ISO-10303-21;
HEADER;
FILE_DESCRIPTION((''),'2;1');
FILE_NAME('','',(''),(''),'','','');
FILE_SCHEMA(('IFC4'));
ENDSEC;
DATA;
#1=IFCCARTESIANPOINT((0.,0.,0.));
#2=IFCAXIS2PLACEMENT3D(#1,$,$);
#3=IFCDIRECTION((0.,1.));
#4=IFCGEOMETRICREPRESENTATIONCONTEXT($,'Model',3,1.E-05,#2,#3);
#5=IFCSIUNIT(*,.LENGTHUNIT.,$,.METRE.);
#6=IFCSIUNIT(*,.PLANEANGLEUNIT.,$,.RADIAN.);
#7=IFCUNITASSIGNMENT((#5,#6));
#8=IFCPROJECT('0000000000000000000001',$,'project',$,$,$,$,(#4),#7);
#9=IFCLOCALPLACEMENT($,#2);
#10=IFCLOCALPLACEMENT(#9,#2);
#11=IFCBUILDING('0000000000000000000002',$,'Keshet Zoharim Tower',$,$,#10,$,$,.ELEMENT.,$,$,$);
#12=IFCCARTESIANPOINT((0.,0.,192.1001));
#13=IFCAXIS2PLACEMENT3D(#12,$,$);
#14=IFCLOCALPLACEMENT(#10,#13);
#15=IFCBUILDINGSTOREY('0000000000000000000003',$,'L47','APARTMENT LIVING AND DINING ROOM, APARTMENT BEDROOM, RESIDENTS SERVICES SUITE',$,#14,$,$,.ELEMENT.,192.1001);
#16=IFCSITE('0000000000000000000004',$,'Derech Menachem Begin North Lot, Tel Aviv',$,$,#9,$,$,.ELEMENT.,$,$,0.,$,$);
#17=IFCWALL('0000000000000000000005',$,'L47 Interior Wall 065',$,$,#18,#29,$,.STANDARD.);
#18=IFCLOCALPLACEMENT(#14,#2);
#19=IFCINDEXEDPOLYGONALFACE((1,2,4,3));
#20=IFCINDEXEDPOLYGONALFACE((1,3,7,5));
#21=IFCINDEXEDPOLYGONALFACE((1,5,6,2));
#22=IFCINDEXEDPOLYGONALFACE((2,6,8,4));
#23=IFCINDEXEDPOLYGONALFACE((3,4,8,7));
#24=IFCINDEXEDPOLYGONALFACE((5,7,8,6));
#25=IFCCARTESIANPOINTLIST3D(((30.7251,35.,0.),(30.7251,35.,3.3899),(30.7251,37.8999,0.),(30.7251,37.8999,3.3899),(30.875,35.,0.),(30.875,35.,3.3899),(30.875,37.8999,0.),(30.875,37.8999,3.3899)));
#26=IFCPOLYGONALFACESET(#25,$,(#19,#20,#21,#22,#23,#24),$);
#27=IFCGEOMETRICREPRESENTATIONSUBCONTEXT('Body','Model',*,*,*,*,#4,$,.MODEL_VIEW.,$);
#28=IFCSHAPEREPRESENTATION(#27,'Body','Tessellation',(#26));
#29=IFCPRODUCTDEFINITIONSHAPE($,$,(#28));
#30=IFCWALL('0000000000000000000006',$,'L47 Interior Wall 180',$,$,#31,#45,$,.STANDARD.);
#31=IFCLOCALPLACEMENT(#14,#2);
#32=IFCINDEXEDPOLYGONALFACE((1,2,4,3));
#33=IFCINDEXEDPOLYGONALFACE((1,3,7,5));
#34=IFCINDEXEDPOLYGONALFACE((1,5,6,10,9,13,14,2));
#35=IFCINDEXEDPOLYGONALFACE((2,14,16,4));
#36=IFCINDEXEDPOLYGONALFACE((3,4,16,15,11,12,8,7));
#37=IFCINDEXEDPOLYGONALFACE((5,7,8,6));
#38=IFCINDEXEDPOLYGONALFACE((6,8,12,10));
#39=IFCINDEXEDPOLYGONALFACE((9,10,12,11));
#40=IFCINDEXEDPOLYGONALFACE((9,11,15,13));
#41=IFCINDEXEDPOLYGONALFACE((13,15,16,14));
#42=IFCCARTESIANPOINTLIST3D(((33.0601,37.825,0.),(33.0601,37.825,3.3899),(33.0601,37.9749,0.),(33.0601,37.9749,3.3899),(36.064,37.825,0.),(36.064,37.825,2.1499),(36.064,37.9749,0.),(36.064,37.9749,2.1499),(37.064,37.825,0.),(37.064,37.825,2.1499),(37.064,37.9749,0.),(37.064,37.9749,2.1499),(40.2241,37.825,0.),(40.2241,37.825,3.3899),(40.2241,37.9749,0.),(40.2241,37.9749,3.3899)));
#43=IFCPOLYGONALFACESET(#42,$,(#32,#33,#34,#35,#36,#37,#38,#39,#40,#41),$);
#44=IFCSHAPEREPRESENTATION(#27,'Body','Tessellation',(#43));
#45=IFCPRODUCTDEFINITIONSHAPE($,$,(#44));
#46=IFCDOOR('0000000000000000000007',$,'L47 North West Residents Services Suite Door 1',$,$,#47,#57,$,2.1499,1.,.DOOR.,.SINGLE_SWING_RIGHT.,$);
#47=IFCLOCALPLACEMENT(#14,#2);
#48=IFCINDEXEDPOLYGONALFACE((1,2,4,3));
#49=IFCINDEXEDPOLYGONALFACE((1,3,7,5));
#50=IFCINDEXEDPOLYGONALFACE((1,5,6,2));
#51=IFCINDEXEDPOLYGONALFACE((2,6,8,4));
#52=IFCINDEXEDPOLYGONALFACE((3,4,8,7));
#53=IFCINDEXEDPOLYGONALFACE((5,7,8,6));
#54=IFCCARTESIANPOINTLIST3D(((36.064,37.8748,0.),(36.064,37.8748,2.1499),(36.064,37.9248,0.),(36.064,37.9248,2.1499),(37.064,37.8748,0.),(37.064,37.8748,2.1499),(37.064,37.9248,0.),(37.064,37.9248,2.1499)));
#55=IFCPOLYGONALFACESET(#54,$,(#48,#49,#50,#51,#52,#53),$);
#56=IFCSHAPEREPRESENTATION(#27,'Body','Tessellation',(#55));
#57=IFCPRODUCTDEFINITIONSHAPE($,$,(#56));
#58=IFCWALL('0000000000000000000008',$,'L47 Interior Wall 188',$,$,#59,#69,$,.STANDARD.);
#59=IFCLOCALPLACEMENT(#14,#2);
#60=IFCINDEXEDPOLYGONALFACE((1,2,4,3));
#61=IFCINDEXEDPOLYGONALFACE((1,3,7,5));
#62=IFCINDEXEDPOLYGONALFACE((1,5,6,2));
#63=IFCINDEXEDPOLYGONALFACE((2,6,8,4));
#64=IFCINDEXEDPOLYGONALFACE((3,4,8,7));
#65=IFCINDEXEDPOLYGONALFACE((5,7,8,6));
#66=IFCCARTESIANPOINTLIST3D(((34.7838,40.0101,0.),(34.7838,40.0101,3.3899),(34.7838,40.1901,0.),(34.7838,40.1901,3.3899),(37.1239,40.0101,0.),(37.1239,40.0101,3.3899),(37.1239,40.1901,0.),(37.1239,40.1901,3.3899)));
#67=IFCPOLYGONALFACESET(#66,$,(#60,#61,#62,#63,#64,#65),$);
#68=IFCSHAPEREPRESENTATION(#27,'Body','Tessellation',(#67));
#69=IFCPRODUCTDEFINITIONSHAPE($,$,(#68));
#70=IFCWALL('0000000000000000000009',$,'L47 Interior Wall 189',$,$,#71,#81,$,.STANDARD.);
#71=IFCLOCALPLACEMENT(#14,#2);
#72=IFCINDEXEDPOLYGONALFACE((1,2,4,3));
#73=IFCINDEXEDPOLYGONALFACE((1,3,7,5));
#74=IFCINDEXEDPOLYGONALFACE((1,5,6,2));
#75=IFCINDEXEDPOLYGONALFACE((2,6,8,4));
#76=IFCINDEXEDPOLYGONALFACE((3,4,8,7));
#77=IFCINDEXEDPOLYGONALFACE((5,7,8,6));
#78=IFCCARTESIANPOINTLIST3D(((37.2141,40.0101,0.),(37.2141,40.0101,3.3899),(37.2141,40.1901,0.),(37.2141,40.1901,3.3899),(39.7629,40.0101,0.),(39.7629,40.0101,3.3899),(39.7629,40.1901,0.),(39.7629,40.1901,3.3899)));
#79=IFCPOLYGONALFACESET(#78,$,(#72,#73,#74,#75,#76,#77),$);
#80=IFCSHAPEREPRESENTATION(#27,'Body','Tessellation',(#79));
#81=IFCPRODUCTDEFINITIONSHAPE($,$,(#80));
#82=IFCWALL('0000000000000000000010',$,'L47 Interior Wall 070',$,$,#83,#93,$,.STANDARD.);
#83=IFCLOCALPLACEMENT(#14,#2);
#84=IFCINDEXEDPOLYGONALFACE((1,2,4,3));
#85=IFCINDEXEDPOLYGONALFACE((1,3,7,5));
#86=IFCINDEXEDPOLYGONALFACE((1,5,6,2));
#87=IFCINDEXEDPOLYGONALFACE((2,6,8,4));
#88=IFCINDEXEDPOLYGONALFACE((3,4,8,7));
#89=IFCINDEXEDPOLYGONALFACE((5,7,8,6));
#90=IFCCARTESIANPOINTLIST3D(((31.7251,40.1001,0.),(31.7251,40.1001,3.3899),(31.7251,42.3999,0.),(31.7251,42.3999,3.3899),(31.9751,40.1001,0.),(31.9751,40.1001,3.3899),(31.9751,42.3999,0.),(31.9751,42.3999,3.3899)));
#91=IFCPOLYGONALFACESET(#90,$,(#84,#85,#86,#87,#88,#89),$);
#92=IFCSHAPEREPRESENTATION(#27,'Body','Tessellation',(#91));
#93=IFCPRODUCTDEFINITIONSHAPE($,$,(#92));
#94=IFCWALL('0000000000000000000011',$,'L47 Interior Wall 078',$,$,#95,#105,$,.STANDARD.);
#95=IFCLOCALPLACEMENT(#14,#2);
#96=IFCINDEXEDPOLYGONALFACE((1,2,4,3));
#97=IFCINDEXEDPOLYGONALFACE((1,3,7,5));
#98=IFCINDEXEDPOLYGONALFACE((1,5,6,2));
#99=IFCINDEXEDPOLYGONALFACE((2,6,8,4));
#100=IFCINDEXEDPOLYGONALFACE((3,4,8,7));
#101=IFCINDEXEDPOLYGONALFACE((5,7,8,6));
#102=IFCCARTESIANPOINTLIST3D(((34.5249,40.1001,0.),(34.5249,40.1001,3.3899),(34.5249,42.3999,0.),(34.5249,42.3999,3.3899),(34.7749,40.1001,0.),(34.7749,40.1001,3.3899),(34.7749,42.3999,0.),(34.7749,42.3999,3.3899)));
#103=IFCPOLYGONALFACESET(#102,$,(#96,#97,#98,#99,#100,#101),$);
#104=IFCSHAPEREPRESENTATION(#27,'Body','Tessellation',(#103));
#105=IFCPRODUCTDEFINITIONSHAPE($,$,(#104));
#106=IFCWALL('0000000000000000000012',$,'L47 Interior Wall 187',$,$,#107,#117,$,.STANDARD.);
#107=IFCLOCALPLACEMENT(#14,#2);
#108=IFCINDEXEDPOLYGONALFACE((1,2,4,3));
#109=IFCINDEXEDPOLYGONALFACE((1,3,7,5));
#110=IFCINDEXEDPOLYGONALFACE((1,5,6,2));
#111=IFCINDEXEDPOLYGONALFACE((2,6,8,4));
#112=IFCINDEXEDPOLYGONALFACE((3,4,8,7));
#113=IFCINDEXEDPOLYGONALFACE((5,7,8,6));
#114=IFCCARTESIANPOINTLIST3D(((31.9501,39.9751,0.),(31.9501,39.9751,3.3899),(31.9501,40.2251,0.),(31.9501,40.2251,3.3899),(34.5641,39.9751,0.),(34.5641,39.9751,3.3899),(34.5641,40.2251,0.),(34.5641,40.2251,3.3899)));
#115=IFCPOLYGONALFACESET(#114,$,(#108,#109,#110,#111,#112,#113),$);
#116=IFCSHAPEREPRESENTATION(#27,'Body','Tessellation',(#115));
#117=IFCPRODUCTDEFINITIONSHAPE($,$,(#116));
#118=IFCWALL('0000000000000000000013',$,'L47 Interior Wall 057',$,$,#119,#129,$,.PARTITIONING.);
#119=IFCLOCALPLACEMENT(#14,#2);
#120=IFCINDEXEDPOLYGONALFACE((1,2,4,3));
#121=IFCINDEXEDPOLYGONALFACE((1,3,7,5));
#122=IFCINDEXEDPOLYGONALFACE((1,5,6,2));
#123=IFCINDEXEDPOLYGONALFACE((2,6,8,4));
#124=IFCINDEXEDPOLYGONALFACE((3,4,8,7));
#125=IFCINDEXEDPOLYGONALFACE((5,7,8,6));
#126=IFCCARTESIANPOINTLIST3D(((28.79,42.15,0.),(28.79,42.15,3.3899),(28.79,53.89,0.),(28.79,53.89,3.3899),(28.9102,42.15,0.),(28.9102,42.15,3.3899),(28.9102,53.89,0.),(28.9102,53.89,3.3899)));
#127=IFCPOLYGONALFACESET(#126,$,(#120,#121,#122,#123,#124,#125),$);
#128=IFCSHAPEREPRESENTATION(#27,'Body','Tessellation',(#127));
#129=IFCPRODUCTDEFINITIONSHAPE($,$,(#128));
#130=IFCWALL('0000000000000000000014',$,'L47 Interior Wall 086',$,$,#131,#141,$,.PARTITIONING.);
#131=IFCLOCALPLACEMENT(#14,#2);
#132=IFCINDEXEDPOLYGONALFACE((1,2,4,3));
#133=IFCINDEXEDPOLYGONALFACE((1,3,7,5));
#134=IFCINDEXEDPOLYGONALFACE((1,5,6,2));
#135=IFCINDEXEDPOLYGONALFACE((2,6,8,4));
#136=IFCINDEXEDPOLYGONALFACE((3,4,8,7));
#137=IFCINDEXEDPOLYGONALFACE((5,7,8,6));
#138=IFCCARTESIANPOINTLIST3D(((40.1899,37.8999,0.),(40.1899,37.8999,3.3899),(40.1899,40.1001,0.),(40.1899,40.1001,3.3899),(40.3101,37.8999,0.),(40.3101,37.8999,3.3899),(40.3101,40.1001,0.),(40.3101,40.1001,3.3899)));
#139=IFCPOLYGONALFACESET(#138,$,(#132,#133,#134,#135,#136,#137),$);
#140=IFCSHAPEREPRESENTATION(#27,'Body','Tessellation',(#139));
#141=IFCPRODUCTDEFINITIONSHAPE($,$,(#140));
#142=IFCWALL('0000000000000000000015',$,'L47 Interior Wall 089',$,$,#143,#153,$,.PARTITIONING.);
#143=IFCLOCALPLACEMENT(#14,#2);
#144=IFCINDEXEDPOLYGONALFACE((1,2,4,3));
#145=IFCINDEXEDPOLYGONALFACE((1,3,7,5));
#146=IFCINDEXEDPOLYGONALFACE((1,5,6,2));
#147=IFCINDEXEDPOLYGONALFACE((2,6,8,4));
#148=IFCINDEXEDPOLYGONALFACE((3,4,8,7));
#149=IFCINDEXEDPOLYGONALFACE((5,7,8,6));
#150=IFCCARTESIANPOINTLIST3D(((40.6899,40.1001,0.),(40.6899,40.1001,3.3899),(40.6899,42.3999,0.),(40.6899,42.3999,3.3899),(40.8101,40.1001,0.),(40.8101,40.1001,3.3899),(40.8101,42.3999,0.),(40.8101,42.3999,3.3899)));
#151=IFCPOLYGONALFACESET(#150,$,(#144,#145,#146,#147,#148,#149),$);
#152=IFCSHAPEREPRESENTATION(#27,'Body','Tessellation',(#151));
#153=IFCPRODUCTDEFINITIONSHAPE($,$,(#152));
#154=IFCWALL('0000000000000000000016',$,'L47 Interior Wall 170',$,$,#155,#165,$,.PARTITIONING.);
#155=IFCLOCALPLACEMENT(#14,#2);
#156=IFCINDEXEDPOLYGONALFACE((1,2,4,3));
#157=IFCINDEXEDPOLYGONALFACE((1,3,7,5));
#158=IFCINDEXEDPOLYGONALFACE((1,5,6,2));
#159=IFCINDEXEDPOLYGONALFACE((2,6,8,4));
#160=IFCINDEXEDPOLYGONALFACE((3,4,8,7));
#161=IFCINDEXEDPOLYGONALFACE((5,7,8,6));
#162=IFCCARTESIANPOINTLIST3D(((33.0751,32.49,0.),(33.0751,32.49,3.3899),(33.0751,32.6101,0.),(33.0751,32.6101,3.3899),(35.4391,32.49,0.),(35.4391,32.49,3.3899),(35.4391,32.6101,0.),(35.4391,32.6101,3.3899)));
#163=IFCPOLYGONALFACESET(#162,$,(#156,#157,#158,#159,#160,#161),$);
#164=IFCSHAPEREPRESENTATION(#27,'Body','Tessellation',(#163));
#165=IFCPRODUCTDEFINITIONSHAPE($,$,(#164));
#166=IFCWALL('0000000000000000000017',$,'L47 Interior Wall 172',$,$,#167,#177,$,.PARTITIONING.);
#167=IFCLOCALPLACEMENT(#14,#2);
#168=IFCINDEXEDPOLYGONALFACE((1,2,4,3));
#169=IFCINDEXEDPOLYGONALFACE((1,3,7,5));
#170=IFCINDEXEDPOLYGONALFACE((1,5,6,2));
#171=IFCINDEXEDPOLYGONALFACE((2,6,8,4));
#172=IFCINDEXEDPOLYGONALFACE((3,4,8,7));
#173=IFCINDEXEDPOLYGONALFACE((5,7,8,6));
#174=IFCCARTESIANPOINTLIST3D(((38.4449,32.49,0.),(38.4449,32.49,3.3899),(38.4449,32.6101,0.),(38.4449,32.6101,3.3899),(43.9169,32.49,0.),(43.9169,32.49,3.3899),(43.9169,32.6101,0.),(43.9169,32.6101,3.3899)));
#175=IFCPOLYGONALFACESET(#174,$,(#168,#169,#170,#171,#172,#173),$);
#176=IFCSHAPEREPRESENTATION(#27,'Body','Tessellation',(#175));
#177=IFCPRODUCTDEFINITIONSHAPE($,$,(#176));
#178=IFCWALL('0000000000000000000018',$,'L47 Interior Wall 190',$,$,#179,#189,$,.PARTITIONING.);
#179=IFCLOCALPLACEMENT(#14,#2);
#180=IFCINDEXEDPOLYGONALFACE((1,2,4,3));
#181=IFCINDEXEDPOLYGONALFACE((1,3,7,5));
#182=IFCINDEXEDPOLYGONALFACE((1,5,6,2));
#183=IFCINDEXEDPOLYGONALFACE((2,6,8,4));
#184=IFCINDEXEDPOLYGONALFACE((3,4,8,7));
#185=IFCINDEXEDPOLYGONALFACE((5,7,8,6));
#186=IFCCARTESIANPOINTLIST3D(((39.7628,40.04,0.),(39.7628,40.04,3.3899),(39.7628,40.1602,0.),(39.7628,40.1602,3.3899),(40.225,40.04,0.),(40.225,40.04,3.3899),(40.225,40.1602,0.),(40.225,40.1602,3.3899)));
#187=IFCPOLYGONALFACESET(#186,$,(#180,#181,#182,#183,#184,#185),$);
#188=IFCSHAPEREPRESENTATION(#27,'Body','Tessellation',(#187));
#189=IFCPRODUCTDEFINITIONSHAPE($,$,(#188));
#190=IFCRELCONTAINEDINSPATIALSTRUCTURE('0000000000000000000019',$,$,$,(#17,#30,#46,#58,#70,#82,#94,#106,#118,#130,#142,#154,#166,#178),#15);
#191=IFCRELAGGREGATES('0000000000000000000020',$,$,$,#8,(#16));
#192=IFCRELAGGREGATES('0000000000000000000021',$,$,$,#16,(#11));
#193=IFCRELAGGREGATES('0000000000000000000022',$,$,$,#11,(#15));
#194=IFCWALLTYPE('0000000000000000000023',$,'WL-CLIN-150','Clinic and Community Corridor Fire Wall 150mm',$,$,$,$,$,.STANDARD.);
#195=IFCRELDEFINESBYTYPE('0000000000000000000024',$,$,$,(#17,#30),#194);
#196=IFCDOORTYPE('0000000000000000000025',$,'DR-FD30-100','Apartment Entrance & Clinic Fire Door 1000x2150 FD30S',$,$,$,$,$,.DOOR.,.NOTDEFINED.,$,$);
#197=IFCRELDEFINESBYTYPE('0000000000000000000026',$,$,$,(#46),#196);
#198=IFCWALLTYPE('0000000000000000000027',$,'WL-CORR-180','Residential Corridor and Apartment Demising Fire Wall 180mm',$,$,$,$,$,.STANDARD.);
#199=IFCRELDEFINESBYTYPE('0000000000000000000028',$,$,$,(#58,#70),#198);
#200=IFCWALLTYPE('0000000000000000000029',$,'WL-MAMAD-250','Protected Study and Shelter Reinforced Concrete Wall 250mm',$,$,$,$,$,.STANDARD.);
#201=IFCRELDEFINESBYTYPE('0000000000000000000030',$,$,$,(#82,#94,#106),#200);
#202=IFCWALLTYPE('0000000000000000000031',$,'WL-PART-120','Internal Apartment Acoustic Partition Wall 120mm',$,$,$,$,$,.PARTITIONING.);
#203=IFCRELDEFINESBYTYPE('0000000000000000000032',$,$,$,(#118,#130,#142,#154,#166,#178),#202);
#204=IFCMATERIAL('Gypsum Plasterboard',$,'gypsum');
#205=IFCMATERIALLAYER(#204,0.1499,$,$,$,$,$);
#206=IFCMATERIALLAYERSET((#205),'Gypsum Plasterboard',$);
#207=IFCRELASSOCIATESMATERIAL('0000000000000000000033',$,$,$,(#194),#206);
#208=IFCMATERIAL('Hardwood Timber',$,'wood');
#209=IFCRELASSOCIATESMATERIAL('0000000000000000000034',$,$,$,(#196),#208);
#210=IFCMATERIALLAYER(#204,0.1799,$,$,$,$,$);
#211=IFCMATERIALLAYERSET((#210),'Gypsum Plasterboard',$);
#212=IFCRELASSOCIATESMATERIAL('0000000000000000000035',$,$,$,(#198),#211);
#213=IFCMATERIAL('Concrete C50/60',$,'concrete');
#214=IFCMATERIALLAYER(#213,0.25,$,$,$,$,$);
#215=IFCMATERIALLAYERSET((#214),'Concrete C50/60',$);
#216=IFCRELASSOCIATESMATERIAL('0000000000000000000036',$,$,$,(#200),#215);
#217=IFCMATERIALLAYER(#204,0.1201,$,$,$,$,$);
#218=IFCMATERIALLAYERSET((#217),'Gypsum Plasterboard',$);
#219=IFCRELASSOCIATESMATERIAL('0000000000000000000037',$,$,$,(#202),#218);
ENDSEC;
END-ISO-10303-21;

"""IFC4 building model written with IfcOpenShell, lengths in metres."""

from ifc_helpers import new_model, si_unit, direction, frame, frame_2d, origin, place, context, subcontext, project, spatial, rectangle, extrude, material, layer, layer_set, type_object, element, fill, save


model = new_model("IFC4")

# Units and contexts
model_context = context("Model", 3, precision=1e-05, world=origin(), true_north=direction((0.0, 1.0)))
body_context = subcontext(model_context, "Body", "Model", "MODEL_VIEW")
ifc_project = project(units=[si_unit("LENGTHUNIT", "METRE"), si_unit("PLANEANGLEUNIT", "RADIAN")], contexts=[model_context])

# Site, building, storey
site_placement = place(None, origin())
site = spatial("IfcSite", under=ifc_project, at=site_placement, Name="Derech Menachem Begin North Lot, Tel Aviv", CompositionType="ELEMENT", RefElevation=0.0)
building_placement = place(site_placement, origin())
building = spatial("IfcBuilding", under=site, at=building_placement, Name="Keshet Zoharim Tower", CompositionType="ELEMENT")
storey_placement = place(building_placement, frame((0.0, 0.0, 192.1001)))
storey = spatial("IfcBuildingStorey", under=building, at=storey_placement, Name="L47", Description="APARTMENT LIVING AND DINING ROOM, APARTMENT BEDROOM, RESIDENTS SERVICES SUITE", CompositionType="ELEMENT", Elevation=192.1001)

# Wall
ifc_material_1 = material(Name="Gypsum Plasterboard", Category="gypsum")
ifc_layer_1 = layer(ifc_material_1, 0.1499)
ifc_layer_set_1 = layer_set([ifc_layer_1], Name="Gypsum Plasterboard")
wall_type_1 = type_object("IfcWallType", Name="WL-CLIN-150", Description="Clinic and Community Corridor Fire Wall 150mm", PredefinedType="STANDARD", material=ifc_layer_set_1)
wall_1_placement = place(storey_placement, frame((30.8, 35.0, 0.0), z_axis=(0.0, 0.0, 1.0), x_axis=(0.0, 1.0, 0.0)))
element("IfcWall", 1, at=wall_1_placement, inside=storey, type_object=wall_type_1, Name="L47 Interior Wall 065", PredefinedType="STANDARD", context=body_context, shape_type="SweptSolid", body=[
    extrude(rectangle(XDim=2.8999, YDim=0.1499, at=frame_2d((1.45, 0.0))), origin(), (0.0, 0.0, 1.0), 3.3899),
])

# Wall, opening, door
ifc_material_2 = material(Name="Hardwood Timber", Category="wood")
door_type_1 = type_object("IfcDoorType", Name="DR-FD30-100", Description="Apartment Entrance & Clinic Fire Door 1000x2150 FD30S", OperationType="NOTDEFINED", PredefinedType="DOOR", material=ifc_material_2)
wall_2_placement = place(storey_placement, frame((33.0601, 37.8999, 0.0), z_axis=(0.0, 0.0, 1.0), x_axis=(1.0, 0.0, 0.0)))
wall_2 = element("IfcWall", 2, at=wall_2_placement, inside=storey, type_object=wall_type_1, Name="L47 Interior Wall 180", PredefinedType="STANDARD", context=body_context, shape_type="SweptSolid", body=[
    extrude(rectangle(XDim=7.1641, YDim=0.1499, at=frame_2d((3.582, 0.0))), origin(), (0.0, 0.0, 1.0), 3.3899),
])
opening_1_placement = place(wall_2_placement, frame((3.0039, 0.0, 0.0)))
opening_1 = element("IfcOpeningElement", 3, at=opening_1_placement, cuts=wall_2, PredefinedType="OPENING", context=body_context, shape_type="SweptSolid", body=[
    extrude(rectangle(XDim=1.0, YDim=2.1499, at=frame_2d((0.5, 1.075))), frame((0.0, 0.085, 0.0), z_axis=(0.0, -1.0, 0.0), x_axis=(1.0, 0.0, 0.0)), (0.0, 0.0, 1.0), 0.1699),
])
door_1_placement = place(opening_1_placement, origin())
door_1 = element("IfcDoor", 4, at=door_1_placement, inside=storey, type_object=door_type_1, Name="L47 North West Residents Services Suite Door 1", OperationType="SINGLE_SWING_RIGHT", OverallHeight=2.1499, OverallWidth=1.0, PredefinedType="DOOR", context=body_context, shape_type="SweptSolid", body=[
    extrude(rectangle(XDim=1.0, YDim=2.1499, at=frame_2d((0.5, 1.075))), frame((0.0, 0.0249, 0.0), z_axis=(0.0, -1.0, 0.0), x_axis=(1.0, 0.0, 0.0)), (0.0, 0.0, 1.0), 0.05),
])
fill(opening_1, door_1)

# Walls
ifc_layer_2 = layer(ifc_material_1, 0.1799)
ifc_layer_set_2 = layer_set([ifc_layer_2], Name="Gypsum Plasterboard")
wall_type_2 = type_object("IfcWallType", Name="WL-CORR-180", Description="Residential Corridor and Apartment Demising Fire Wall 180mm", PredefinedType="STANDARD", material=ifc_layer_set_2)
wall_3_placement = place(storey_placement, frame((34.7839, 40.1001, 0.0), z_axis=(0.0, 0.0, 1.0), x_axis=(1.0, 0.0, 0.0)))
element("IfcWall", 5, at=wall_3_placement, inside=storey, type_object=wall_type_2, Name="L47 Interior Wall 188", PredefinedType="STANDARD", context=body_context, shape_type="SweptSolid", body=[
    extrude(rectangle(XDim=2.3401, YDim=0.1799, at=frame_2d((1.1699, 0.0))), origin(), (0.0, 0.0, 1.0), 3.3899),
])
wall_4_placement = place(storey_placement, frame((37.2141, 40.1001, 0.0), z_axis=(0.0, 0.0, 1.0), x_axis=(1.0, 0.0, 0.0)))
element("IfcWall", 6, at=wall_4_placement, inside=storey, type_object=wall_type_2, Name="L47 Interior Wall 189", PredefinedType="STANDARD", context=body_context, shape_type="SweptSolid", body=[
    extrude(rectangle(XDim=2.5488, YDim=0.1799, at=frame_2d((1.2744, 0.0))), origin(), (0.0, 0.0, 1.0), 3.3899),
])
ifc_material_3 = material(Name="Concrete C50/60", Category="concrete")
ifc_layer_3 = layer(ifc_material_3, 0.25)
ifc_layer_set_3 = layer_set([ifc_layer_3], Name="Concrete C50/60")
wall_type_3 = type_object("IfcWallType", Name="WL-MAMAD-250", Description="Protected Study and Shelter Reinforced Concrete Wall 250mm", PredefinedType="STANDARD", material=ifc_layer_set_3)
for number, where, z_axis, x_axis, name in (
    (7, (31.8501, 40.1001, 0.0), (0.0, 0.0, 1.0), (0.0, 1.0, 0.0), "L47 Interior Wall 070"),
    (8, (34.6499, 40.1001, 0.0), (0.0, 0.0, 1.0), (0.0, 1.0, 0.0), "L47 Interior Wall 078"),
):
    element("IfcWall", number, at=place(storey_placement, frame(where, z_axis=z_axis, x_axis=x_axis)), inside=storey, type_object=wall_type_3, Name=name, PredefinedType="STANDARD", context=body_context, shape_type="SweptSolid", body=[
        extrude(rectangle(XDim=2.2998, YDim=0.25, at=frame_2d((1.1499, 0.0))), origin(), (0.0, 0.0, 1.0), 3.3899),
    ])
wall_5_placement = place(storey_placement, frame((31.95, 40.1001, 0.0), z_axis=(0.0, 0.0, 1.0), x_axis=(1.0, 0.0, 0.0)))
element("IfcWall", 9, at=wall_5_placement, inside=storey, type_object=wall_type_3, Name="L47 Interior Wall 187", PredefinedType="STANDARD", context=body_context, shape_type="SweptSolid", body=[
    extrude(rectangle(XDim=2.614, YDim=0.25, at=frame_2d((1.3071, 0.0))), origin(), (0.0, 0.0, 1.0), 3.3899),
])

# Walls
ifc_layer_4 = layer(ifc_material_1, 0.1201)
ifc_layer_set_4 = layer_set([ifc_layer_4], Name="Gypsum Plasterboard")
wall_type_4 = type_object("IfcWallType", Name="WL-PART-120", Description="Internal Apartment Acoustic Partition Wall 120mm", PredefinedType="PARTITIONING", material=ifc_layer_set_4)
wall_6_placement = place(storey_placement, frame((28.8501, 42.1499, 0.0), z_axis=(0.0, 0.0, 1.0), x_axis=(0.0, 1.0, 0.0)))
element("IfcWall", 10, at=wall_6_placement, inside=storey, type_object=wall_type_4, Name="L47 Interior Wall 057", PredefinedType="PARTITIONING", context=body_context, shape_type="SweptSolid", body=[
    extrude(rectangle(XDim=11.74, YDim=0.1201, at=frame_2d((5.8701, 0.0))), origin(), (0.0, 0.0, 1.0), 3.3899),
])
wall_7_placement = place(storey_placement, frame((40.25, 37.8999, 0.0), z_axis=(0.0, 0.0, 1.0), x_axis=(0.0, 1.0, 0.0)))
element("IfcWall", 11, at=wall_7_placement, inside=storey, type_object=wall_type_4, Name="L47 Interior Wall 086", PredefinedType="PARTITIONING", context=body_context, shape_type="SweptSolid", body=[
    extrude(rectangle(XDim=2.2002, YDim=0.1201, at=frame_2d((1.1001, 0.0))), origin(), (0.0, 0.0, 1.0), 3.3899),
])
wall_8_placement = place(storey_placement, frame((40.75, 40.1001, 0.0), z_axis=(0.0, 0.0, 1.0), x_axis=(0.0, 1.0, 0.0)))
element("IfcWall", 12, at=wall_8_placement, inside=storey, type_object=wall_type_4, Name="L47 Interior Wall 089", PredefinedType="PARTITIONING", context=body_context, shape_type="SweptSolid", body=[
    extrude(rectangle(XDim=2.2998, YDim=0.1201, at=frame_2d((1.1499, 0.0))), origin(), (0.0, 0.0, 1.0), 3.3899),
])
wall_9_placement = place(storey_placement, frame((33.075, 32.55, 0.0), z_axis=(0.0, 0.0, 1.0), x_axis=(1.0, 0.0, 0.0)))
element("IfcWall", 13, at=wall_9_placement, inside=storey, type_object=wall_type_4, Name="L47 Interior Wall 170", PredefinedType="PARTITIONING", context=body_context, shape_type="SweptSolid", body=[
    extrude(rectangle(XDim=2.364, YDim=0.1201, at=frame_2d((1.1821, 0.0))), origin(), (0.0, 0.0, 1.0), 3.3899),
])
wall_10_placement = place(storey_placement, frame((38.4451, 32.55, 0.0), z_axis=(0.0, 0.0, 1.0), x_axis=(1.0, 0.0, 0.0)))
element("IfcWall", 14, at=wall_10_placement, inside=storey, type_object=wall_type_4, Name="L47 Interior Wall 172", PredefinedType="PARTITIONING", context=body_context, shape_type="SweptSolid", body=[
    extrude(rectangle(XDim=5.4719, YDim=0.1201, at=frame_2d((2.7358, 0.0))), origin(), (0.0, 0.0, 1.0), 3.3899),
])
wall_11_placement = place(storey_placement, frame((39.7629, 40.1001, 0.0), z_axis=(0.0, 0.0, 1.0), x_axis=(1.0, 0.0, 0.0)))
element("IfcWall", 15, at=wall_11_placement, inside=storey, type_object=wall_type_4, Name="L47 Interior Wall 190", PredefinedType="PARTITIONING", context=body_context, shape_type="SweptSolid", body=[
    extrude(rectangle(XDim=0.4622, YDim=0.1201, at=frame_2d((0.231, 0.0))), origin(), (0.0, 0.0, 1.0), 3.3899),
])

save(model, "model.ifc")
